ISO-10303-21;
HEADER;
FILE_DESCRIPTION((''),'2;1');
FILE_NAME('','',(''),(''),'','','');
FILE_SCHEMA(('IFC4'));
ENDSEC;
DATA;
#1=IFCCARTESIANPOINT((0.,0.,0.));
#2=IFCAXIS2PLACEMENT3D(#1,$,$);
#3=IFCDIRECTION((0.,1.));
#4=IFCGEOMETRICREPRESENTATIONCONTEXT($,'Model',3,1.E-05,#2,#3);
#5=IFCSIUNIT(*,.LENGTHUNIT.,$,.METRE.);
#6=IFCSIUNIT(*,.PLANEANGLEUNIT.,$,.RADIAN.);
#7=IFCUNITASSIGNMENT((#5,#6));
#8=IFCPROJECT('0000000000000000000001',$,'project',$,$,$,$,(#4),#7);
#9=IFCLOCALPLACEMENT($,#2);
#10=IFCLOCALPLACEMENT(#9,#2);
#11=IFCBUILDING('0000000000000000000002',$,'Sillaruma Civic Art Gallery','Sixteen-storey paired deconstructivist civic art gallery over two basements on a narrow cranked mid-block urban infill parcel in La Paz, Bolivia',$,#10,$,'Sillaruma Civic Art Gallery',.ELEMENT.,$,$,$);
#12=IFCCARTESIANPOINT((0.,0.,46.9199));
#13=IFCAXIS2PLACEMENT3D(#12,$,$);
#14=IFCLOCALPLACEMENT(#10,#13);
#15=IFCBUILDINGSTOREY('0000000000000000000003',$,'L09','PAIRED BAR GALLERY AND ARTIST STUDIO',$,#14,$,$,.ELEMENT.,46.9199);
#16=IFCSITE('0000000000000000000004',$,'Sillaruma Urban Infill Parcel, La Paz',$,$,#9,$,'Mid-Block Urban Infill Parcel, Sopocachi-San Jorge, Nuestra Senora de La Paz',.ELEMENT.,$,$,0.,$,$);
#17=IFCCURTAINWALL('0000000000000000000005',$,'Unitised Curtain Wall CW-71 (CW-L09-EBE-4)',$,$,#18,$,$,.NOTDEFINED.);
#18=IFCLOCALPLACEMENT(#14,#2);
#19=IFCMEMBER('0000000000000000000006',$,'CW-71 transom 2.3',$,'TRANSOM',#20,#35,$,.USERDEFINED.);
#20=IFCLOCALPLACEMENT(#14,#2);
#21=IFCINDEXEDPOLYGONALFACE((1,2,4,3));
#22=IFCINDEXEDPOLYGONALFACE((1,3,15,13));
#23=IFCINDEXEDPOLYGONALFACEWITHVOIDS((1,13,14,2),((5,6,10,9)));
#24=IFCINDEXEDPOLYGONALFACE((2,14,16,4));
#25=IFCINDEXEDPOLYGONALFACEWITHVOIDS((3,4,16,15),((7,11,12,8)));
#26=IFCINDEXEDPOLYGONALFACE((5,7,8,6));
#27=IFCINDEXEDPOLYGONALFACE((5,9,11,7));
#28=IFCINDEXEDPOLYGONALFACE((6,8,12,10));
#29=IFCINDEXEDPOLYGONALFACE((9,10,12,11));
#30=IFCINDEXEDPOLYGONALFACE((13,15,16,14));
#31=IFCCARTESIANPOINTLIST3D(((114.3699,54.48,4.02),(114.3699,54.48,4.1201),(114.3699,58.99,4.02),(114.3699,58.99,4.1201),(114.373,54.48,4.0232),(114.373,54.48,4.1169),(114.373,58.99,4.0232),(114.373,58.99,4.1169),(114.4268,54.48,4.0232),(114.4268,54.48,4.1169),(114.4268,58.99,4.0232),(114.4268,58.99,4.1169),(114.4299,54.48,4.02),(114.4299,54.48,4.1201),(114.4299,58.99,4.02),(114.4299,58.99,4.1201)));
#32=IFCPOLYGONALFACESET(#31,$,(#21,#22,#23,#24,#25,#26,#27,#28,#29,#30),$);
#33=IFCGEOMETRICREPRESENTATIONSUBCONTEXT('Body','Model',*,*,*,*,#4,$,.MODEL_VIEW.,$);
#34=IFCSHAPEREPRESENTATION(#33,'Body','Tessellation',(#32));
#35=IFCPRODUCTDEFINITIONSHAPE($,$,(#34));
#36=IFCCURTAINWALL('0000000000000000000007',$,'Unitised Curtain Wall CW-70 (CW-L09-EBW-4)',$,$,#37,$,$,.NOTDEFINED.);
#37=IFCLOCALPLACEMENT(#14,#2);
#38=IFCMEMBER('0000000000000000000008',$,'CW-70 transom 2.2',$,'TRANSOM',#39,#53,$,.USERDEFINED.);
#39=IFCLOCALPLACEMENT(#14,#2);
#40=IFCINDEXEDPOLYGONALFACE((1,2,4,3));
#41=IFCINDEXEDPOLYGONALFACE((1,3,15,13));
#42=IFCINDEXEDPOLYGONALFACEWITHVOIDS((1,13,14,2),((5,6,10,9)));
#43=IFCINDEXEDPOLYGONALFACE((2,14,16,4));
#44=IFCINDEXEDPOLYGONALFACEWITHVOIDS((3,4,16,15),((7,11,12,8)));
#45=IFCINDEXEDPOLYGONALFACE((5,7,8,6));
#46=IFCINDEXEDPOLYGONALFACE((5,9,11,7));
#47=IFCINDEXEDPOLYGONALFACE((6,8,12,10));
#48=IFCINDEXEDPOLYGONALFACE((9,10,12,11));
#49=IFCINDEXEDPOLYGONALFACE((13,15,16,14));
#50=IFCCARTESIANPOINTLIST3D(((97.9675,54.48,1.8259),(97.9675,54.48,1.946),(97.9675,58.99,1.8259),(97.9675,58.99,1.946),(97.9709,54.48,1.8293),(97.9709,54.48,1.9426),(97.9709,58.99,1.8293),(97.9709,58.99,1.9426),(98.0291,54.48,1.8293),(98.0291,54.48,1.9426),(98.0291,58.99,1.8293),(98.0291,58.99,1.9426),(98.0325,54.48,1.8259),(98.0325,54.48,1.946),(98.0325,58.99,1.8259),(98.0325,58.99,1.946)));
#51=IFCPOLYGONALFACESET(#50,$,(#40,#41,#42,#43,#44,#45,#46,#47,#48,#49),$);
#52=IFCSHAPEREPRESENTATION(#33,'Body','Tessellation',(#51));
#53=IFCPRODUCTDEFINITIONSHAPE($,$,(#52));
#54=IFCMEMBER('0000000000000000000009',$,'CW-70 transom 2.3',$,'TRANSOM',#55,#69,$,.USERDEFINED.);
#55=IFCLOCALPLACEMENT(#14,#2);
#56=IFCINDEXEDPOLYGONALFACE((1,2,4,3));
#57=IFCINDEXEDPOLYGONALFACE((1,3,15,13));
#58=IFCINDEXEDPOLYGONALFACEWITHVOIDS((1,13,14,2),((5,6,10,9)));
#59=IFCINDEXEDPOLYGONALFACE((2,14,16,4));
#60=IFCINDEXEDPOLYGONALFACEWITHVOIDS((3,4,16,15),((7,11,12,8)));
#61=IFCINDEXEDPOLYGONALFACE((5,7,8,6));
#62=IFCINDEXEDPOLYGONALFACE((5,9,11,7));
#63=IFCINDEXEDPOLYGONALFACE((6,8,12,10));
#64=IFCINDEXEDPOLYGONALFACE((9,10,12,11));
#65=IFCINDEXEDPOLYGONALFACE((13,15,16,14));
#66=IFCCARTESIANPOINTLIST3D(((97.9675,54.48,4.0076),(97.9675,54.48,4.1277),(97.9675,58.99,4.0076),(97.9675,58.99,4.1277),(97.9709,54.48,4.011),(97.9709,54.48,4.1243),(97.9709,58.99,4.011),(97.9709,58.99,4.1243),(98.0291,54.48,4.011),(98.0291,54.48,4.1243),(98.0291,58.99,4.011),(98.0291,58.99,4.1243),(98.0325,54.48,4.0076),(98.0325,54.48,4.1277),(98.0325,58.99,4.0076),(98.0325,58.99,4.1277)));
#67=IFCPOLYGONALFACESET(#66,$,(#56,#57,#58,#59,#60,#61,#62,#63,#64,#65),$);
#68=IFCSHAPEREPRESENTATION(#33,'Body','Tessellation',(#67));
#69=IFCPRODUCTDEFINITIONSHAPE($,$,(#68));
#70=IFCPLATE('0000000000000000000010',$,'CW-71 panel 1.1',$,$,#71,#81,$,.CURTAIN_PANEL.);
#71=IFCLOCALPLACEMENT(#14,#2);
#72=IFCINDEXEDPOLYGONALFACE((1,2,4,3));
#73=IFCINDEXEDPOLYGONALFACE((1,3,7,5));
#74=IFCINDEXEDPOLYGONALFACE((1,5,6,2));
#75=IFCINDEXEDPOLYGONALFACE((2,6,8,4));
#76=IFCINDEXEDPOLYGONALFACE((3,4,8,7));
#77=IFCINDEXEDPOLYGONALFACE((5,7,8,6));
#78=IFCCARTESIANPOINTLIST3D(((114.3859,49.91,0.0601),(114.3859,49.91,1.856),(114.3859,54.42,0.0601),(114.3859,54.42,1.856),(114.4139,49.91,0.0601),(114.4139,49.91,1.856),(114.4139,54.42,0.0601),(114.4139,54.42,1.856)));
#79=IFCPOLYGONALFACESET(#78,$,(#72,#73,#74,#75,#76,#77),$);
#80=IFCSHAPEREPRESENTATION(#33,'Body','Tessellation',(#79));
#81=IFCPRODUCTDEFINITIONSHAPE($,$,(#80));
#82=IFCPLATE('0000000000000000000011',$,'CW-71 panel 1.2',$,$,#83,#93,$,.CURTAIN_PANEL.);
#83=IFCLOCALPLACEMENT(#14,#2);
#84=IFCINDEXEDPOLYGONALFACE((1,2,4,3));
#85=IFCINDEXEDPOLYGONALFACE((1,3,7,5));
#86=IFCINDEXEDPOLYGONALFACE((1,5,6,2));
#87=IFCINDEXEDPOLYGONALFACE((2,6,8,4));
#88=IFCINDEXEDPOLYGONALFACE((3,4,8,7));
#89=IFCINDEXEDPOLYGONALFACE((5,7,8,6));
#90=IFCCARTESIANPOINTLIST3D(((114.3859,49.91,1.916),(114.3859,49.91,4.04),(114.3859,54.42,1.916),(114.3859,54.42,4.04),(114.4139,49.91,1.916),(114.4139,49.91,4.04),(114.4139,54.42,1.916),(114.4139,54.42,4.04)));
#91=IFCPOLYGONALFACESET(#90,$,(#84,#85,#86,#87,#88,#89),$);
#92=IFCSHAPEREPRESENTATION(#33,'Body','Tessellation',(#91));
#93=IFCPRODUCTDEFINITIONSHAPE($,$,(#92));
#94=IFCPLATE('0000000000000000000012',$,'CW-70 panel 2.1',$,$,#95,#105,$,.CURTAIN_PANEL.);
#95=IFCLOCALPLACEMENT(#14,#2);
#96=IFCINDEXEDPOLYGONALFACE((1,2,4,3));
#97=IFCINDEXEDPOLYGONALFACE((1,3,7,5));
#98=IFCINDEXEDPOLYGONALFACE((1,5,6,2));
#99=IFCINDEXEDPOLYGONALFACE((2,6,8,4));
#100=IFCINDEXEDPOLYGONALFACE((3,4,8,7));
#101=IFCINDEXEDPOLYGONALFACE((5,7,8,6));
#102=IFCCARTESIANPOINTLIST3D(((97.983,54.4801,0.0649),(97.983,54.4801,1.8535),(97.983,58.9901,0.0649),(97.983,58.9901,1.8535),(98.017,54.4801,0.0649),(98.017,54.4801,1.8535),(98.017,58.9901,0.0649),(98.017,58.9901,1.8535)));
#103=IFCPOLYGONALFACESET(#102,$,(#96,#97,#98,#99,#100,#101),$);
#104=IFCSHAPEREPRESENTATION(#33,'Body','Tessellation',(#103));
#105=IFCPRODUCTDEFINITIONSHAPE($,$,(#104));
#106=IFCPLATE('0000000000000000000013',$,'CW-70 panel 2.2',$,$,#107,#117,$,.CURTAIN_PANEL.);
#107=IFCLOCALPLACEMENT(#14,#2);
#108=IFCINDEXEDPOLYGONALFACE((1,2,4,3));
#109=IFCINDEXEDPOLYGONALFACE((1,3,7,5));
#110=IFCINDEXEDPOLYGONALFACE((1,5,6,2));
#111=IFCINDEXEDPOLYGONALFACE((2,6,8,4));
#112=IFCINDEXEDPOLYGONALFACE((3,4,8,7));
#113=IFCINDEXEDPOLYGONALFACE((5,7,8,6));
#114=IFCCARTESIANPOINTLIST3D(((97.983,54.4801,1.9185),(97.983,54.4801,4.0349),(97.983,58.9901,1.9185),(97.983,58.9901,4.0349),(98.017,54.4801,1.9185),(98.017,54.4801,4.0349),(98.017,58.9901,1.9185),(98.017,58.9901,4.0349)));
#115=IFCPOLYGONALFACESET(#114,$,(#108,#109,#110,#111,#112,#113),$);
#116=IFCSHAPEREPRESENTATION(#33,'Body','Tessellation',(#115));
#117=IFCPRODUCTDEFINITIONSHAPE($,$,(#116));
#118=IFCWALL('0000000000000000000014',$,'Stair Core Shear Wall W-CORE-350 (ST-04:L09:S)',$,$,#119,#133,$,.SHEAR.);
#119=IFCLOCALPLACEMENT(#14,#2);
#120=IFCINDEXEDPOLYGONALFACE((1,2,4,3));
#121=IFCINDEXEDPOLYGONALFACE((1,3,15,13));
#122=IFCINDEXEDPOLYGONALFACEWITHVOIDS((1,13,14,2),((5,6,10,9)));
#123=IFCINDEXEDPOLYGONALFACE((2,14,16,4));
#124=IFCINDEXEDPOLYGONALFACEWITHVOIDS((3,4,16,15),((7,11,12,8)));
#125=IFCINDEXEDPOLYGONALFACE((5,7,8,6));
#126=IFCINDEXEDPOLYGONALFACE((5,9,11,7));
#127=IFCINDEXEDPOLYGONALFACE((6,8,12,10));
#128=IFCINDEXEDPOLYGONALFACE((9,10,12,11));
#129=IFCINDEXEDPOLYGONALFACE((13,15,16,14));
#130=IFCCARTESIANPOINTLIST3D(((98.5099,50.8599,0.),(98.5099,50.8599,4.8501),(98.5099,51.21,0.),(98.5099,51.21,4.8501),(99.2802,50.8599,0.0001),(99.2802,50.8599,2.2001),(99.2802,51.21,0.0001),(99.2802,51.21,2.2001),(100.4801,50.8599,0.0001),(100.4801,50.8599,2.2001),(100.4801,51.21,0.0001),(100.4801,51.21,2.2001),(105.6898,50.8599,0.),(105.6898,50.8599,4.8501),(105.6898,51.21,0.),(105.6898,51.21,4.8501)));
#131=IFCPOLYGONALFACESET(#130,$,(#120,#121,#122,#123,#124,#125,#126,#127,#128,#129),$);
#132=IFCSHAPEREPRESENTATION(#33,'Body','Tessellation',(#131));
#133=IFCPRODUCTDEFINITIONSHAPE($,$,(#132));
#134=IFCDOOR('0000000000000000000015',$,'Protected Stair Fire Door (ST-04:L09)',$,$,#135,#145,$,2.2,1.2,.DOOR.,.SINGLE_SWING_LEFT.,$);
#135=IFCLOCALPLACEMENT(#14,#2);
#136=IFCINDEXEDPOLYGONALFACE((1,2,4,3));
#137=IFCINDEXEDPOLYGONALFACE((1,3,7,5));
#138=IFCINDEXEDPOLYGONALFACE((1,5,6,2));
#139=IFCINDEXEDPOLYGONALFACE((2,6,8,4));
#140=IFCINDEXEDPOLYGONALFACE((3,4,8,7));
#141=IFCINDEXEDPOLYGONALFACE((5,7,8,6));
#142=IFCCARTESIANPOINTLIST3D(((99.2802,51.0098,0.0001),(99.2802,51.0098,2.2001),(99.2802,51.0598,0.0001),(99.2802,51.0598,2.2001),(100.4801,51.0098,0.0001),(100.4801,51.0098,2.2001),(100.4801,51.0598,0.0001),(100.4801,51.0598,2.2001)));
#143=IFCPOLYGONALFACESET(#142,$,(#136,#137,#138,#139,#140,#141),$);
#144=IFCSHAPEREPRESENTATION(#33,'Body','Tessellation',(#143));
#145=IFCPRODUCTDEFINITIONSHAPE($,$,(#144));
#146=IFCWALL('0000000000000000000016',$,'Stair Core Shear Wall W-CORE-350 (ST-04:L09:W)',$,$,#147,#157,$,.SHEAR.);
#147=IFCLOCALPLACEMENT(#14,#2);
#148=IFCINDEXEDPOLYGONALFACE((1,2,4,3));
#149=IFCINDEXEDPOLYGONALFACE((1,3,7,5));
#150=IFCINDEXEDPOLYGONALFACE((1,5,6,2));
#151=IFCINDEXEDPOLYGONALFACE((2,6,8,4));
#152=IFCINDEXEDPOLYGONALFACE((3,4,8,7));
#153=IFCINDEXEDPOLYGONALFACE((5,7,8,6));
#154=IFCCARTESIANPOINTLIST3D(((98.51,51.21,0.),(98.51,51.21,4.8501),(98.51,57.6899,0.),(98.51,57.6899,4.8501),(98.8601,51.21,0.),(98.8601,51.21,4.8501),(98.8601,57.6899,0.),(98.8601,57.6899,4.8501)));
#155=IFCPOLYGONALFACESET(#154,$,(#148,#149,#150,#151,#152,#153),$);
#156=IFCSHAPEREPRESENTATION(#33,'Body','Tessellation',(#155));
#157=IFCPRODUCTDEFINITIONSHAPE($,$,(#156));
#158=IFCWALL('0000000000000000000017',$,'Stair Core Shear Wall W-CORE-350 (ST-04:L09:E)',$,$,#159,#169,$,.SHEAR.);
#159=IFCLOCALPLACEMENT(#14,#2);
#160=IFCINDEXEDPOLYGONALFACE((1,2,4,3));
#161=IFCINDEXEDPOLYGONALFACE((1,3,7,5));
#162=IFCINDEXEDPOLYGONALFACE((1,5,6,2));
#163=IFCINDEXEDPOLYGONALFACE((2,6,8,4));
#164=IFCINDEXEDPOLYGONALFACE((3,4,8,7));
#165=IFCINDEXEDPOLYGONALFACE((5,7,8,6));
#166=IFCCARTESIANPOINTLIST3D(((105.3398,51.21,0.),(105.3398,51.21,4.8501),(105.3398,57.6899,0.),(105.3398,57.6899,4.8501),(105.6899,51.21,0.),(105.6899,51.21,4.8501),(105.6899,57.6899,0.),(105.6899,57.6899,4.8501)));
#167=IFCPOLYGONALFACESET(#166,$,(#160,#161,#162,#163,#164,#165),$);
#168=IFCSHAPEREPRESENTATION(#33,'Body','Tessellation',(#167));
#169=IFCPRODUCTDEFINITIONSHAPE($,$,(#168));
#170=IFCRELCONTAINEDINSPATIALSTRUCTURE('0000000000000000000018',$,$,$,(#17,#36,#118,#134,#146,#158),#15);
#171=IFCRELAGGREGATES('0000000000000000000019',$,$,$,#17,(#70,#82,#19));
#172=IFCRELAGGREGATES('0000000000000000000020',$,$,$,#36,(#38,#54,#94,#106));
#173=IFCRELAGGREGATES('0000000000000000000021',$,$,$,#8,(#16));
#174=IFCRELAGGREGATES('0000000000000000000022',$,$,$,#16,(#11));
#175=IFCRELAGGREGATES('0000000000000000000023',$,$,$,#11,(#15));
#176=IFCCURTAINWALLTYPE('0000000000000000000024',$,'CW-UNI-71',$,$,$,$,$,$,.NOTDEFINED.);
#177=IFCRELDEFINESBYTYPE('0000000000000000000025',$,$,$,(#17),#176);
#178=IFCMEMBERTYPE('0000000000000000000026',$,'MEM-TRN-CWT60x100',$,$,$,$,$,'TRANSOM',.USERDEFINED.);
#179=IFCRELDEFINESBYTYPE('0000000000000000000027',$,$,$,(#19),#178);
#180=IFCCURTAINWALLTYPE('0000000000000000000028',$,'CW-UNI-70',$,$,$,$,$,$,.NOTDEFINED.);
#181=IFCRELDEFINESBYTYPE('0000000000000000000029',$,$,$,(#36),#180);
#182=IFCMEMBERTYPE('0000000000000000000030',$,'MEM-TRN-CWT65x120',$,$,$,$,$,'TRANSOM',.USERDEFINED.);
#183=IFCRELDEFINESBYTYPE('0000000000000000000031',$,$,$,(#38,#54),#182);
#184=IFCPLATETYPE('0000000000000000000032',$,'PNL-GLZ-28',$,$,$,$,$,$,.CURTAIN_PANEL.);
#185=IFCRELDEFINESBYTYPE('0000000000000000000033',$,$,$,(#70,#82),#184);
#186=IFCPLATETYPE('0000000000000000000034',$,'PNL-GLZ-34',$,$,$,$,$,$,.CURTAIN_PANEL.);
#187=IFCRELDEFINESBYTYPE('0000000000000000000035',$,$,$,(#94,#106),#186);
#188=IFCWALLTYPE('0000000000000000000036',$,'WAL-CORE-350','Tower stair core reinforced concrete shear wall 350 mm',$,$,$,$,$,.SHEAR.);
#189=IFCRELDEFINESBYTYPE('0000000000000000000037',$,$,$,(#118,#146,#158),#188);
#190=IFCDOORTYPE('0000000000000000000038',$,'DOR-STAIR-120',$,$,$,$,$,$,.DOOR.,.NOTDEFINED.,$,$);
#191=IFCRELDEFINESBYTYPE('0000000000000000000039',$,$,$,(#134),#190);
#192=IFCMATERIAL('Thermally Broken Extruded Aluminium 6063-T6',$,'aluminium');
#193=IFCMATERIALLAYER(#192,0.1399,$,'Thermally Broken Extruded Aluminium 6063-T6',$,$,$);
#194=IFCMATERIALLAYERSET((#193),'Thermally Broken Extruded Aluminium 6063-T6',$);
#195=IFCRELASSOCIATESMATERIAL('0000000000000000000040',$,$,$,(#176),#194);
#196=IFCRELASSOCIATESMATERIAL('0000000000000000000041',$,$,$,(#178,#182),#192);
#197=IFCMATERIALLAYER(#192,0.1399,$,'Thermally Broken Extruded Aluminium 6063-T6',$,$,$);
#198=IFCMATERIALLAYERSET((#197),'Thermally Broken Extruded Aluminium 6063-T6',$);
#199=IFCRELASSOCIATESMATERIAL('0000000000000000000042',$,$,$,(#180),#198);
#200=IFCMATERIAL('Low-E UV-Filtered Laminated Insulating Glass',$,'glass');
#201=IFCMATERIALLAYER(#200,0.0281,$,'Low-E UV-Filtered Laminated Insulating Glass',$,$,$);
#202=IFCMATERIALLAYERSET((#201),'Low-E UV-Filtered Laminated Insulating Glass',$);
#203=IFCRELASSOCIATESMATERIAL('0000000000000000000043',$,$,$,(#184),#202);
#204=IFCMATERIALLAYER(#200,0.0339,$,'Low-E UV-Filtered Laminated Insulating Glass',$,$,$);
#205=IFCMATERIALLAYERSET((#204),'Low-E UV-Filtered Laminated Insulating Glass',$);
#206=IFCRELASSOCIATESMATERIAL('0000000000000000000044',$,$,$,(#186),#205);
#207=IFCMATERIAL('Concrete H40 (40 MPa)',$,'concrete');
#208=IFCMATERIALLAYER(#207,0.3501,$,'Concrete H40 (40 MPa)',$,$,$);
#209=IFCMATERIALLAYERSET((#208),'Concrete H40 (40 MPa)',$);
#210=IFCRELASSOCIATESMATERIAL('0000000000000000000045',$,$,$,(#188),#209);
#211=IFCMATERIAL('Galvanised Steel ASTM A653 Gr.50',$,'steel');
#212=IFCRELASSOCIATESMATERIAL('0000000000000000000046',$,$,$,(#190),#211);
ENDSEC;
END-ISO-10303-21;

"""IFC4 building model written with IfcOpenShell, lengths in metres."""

from ifc_helpers import new_model, si_unit, direction, frame, frame_2d, origin, origin_2d, place, context, subcontext, project, spatial, rectangle, hollow_rectangle, extrude, material, layer, layer_set, material_profile, profile_set, type_object, element, fill, aggregate, save


model = new_model("IFC4")

# Units and contexts
model_context = context("Model", 3, precision=1e-05, world=origin(), true_north=direction((0.0, 1.0)))
body_context = subcontext(model_context, "Body", "Model", "MODEL_VIEW")
ifc_project = project(units=[si_unit("LENGTHUNIT", "METRE"), si_unit("PLANEANGLEUNIT", "RADIAN")], contexts=[model_context])

# Site, building, storey
site_placement = place(None, origin())
site = spatial("IfcSite", under=ifc_project, at=site_placement, Name="Sillaruma Urban Infill Parcel, La Paz", LongName="Mid-Block Urban Infill Parcel, Sopocachi-San Jorge, Nuestra Senora de La Paz", CompositionType="ELEMENT", RefElevation=0.0)
building_placement = place(site_placement, origin())
building = spatial("IfcBuilding", under=site, at=building_placement, Name="Sillaruma Civic Art Gallery", Description="Sixteen-storey paired deconstructivist civic art gallery over two basements on a narrow cranked mid-block urban infill parcel in La Paz, Bolivia", LongName="Sillaruma Civic Art Gallery", CompositionType="ELEMENT")
storey_placement = place(building_placement, frame((0.0, 0.0, 46.9199)))
storey = spatial("IfcBuildingStorey", under=building, at=storey_placement, Name="L09", Description="PAIRED BAR GALLERY AND ARTIST STUDIO", CompositionType="ELEMENT", Elevation=46.9199)

# Curtain walls, members
ifc_material_1 = material(Name="Thermally Broken Extruded Aluminium 6063-T6", Category="aluminium")
ifc_layer_1 = layer(ifc_material_1, 0.1399, Name="Thermally Broken Extruded Aluminium 6063-T6")
ifc_layer_set_1 = layer_set([ifc_layer_1], Name="Thermally Broken Extruded Aluminium 6063-T6")
curtain_wall_type_1 = type_object("IfcCurtainWallType", Name="CW-UNI-71", PredefinedType="NOTDEFINED", material=ifc_layer_set_1)
curtain_wall_1_placement = place(storey_placement, origin())
curtain_wall_1 = element("IfcCurtainWall", 1, at=curtain_wall_1_placement, inside=storey, type_object=curtain_wall_type_1, Name="Unitised Curtain Wall CW-71 (CW-L09-EBE-4)", PredefinedType="NOTDEFINED")
ifc_material_profile_1 = material_profile(ifc_material_1, hollow_rectangle(XDim=0.0601, YDim=0.1001, WallThickness=0.0032, at=origin_2d()), Name="CWT60x100")
ifc_profile_set_1 = profile_set([ifc_material_profile_1], Name="Thermally Broken Extruded Aluminium 6063-T6")
member_type_1 = type_object("IfcMemberType", Name="MEM-TRN-CWT60x100", ElementType="TRANSOM", PredefinedType="USERDEFINED", material=ifc_profile_set_1)
member_1_placement = place(storey_placement, frame((114.3999, 54.48, 4.0701), z_axis=(0.0, 1.0, 0.0), x_axis=(-1.0, 0.0, 0.0)))
member_1 = element("IfcMember", 2, at=member_1_placement, type_object=member_type_1, Name="CW-71 transom 2.3", ObjectType="TRANSOM", PredefinedType="USERDEFINED", context=body_context, shape_type="SweptSolid", body=[
    extrude(hollow_rectangle(XDim=0.0601, YDim=0.1001, WallThickness=0.0032, at=origin_2d()), origin(), (0.0, 0.0, 1.0), 4.51),
])
ifc_layer_2 = layer(ifc_material_1, 0.1399, Name="Thermally Broken Extruded Aluminium 6063-T6")
ifc_layer_set_2 = layer_set([ifc_layer_2], Name="Thermally Broken Extruded Aluminium 6063-T6")
curtain_wall_type_2 = type_object("IfcCurtainWallType", Name="CW-UNI-70", PredefinedType="NOTDEFINED", material=ifc_layer_set_2)
curtain_wall_2_placement = place(storey_placement, origin())
curtain_wall_2 = element("IfcCurtainWall", 3, at=curtain_wall_2_placement, inside=storey, type_object=curtain_wall_type_2, Name="Unitised Curtain Wall CW-70 (CW-L09-EBW-4)", PredefinedType="NOTDEFINED")
ifc_material_profile_2 = material_profile(ifc_material_1, hollow_rectangle(XDim=0.0649, YDim=0.1201, WallThickness=0.0034, at=origin_2d()), Name="CWT65x120")
ifc_profile_set_2 = profile_set([ifc_material_profile_2], Name="Thermally Broken Extruded Aluminium 6063-T6")
member_type_2 = type_object("IfcMemberType", Name="MEM-TRN-CWT65x120", ElementType="TRANSOM", PredefinedType="USERDEFINED", material=ifc_profile_set_2)
member_2_placement = place(storey_placement, frame((98.0, 54.48, 1.886), z_axis=(0.0, 1.0, 0.0), x_axis=(-1.0, 0.0, 0.0)))
member_2 = element("IfcMember", 4, at=member_2_placement, type_object=member_type_2, Name="CW-70 transom 2.2", ObjectType="TRANSOM", PredefinedType="USERDEFINED", context=body_context, shape_type="SweptSolid", body=[
    extrude(hollow_rectangle(XDim=0.0649, YDim=0.1201, WallThickness=0.0034, at=origin_2d()), origin(), (0.0, 0.0, 1.0), 4.51),
])
member_3_placement = place(storey_placement, frame((98.0, 54.48, 4.0676), z_axis=(0.0, 1.0, 0.0), x_axis=(-1.0, 0.0, 0.0)))
member_3 = element("IfcMember", 5, at=member_3_placement, type_object=member_type_2, Name="CW-70 transom 2.3", ObjectType="TRANSOM", PredefinedType="USERDEFINED", context=body_context, shape_type="SweptSolid", body=[
    extrude(hollow_rectangle(XDim=0.0649, YDim=0.1201, WallThickness=0.0034, at=origin_2d()), origin(), (0.0, 0.0, 1.0), 4.51),
])

# Plates
ifc_material_2 = material(Name="Low-E UV-Filtered Laminated Insulating Glass", Category="glass")
ifc_layer_3 = layer(ifc_material_2, 0.0281, Name="Low-E UV-Filtered Laminated Insulating Glass")
ifc_layer_set_3 = layer_set([ifc_layer_3], Name="Low-E UV-Filtered Laminated Insulating Glass")
plate_type_1 = type_object("IfcPlateType", Name="PNL-GLZ-28", PredefinedType="CURTAIN_PANEL", material=ifc_layer_set_3)
plate_1_placement = place(storey_placement, frame((114.3999, 52.165, 0.0601), z_axis=(0.0, 0.0, 1.0), x_axis=(0.0, 1.0, 0.0)))
plate_1 = element("IfcPlate", 6, at=plate_1_placement, type_object=plate_type_1, Name="CW-71 panel 1.1", PredefinedType="CURTAIN_PANEL", context=body_context, shape_type="SweptSolid", body=[
    extrude(rectangle(XDim=4.51, YDim=0.0281, at=origin_2d()), origin(), (0.0, 0.0, 1.0), 1.7959),
])
plate_2_placement = place(storey_placement, frame((114.3999, 52.165, 1.916), z_axis=(0.0, 0.0, 1.0), x_axis=(0.0, 1.0, 0.0)))
plate_2 = element("IfcPlate", 7, at=plate_2_placement, type_object=plate_type_1, Name="CW-71 panel 1.2", PredefinedType="CURTAIN_PANEL", context=body_context, shape_type="SweptSolid", body=[
    extrude(rectangle(XDim=4.51, YDim=0.0281, at=origin_2d()), origin(), (0.0, 0.0, 1.0), 2.124),
])
aggregate(curtain_wall_1, [plate_1, plate_2, member_1])
ifc_layer_4 = layer(ifc_material_2, 0.0339, Name="Low-E UV-Filtered Laminated Insulating Glass")
ifc_layer_set_4 = layer_set([ifc_layer_4], Name="Low-E UV-Filtered Laminated Insulating Glass")
plate_type_2 = type_object("IfcPlateType", Name="PNL-GLZ-34", PredefinedType="CURTAIN_PANEL", material=ifc_layer_set_4)
plate_3_placement = place(storey_placement, frame((98.0, 56.7351, 0.0649), z_axis=(0.0, 0.0, 1.0), x_axis=(0.0, 1.0, 0.0)))
plate_3 = element("IfcPlate", 8, at=plate_3_placement, type_object=plate_type_2, Name="CW-70 panel 2.1", PredefinedType="CURTAIN_PANEL", context=body_context, shape_type="SweptSolid", body=[
    extrude(rectangle(XDim=4.51, YDim=0.0339, at=origin_2d()), origin(), (0.0, 0.0, 1.0), 1.7886),
])
plate_4_placement = place(storey_placement, frame((98.0, 56.7351, 1.9185), z_axis=(0.0, 0.0, 1.0), x_axis=(0.0, 1.0, 0.0)))
plate_4 = element("IfcPlate", 9, at=plate_4_placement, type_object=plate_type_2, Name="CW-70 panel 2.2", PredefinedType="CURTAIN_PANEL", context=body_context, shape_type="SweptSolid", body=[
    extrude(rectangle(XDim=4.51, YDim=0.0339, at=origin_2d()), origin(), (0.0, 0.0, 1.0), 2.1165),
])
aggregate(curtain_wall_2, [member_2, member_3, plate_3, plate_4])

# Wall, opening, door
ifc_material_3 = material(Name="Concrete H40 (40 MPa)", Category="concrete")
ifc_layer_5 = layer(ifc_material_3, 0.3501, Name="Concrete H40 (40 MPa)")
ifc_layer_set_5 = layer_set([ifc_layer_5], Name="Concrete H40 (40 MPa)")
wall_type = type_object("IfcWallType", Name="WAL-CORE-350", Description="Tower stair core reinforced concrete shear wall 350 mm", PredefinedType="SHEAR", material=ifc_layer_set_5)
wall_placement = place(storey_placement, frame((98.51, 51.0349, 0.0), z_axis=(0.0, 0.0, 1.0), x_axis=(1.0, 0.0, 0.0)))
wall = element("IfcWall", 10, at=wall_placement, inside=storey, type_object=wall_type, Name="Stair Core Shear Wall W-CORE-350 (ST-04:L09:S)", PredefinedType="SHEAR", context=body_context, shape_type="SweptSolid", body=[
    extrude(rectangle(XDim=7.1799, YDim=0.3501, at=frame_2d((3.5898, 0.0))), origin(), (0.0, 0.0, 1.0), 4.8501),
])
opening_placement = place(wall_placement, frame((0.77, 0.0, 0.0)))
opening = element("IfcOpeningElement", 11, at=opening_placement, cuts=wall, PredefinedType="OPENING", context=body_context, shape_type="SweptSolid", body=[
    extrude(rectangle(XDim=1.2, YDim=2.2, at=frame_2d((0.6001, 1.1001))), frame((0.0, 0.1851, 0.0), z_axis=(0.0, -1.0, 0.0), x_axis=(1.0, 0.0, 0.0)), (0.0, 0.0, 1.0), 0.3701),
])
ifc_material_4 = material(Name="Galvanised Steel ASTM A653 Gr.50", Category="steel")
door_type = type_object("IfcDoorType", Name="DOR-STAIR-120", OperationType="NOTDEFINED", PredefinedType="DOOR", material=ifc_material_4)
door_placement = place(opening_placement, origin())
door = element("IfcDoor", 12, at=door_placement, inside=storey, type_object=door_type, Name="Protected Stair Fire Door (ST-04:L09)", OperationType="SINGLE_SWING_LEFT", OverallHeight=2.2, OverallWidth=1.2, PredefinedType="DOOR", context=body_context, shape_type="SweptSolid", body=[
    extrude(rectangle(XDim=1.2, YDim=2.2, at=frame_2d((0.6001, 1.1001))), frame((0.0, 0.0249, 0.0), z_axis=(0.0, -1.0, 0.0), x_axis=(1.0, 0.0, 0.0)), (0.0, 0.0, 1.0), 0.05),
])
fill(opening, door)

# Walls
for number, where, z_axis, x_axis, name in (
    (13, (98.6851, 51.21, 0.0), (0.0, 0.0, 1.0), (0.0, 1.0, 0.0), "Stair Core Shear Wall W-CORE-350 (ST-04:L09:W)"),
    (14, (105.5149, 51.21, 0.0), (0.0, 0.0, 1.0), (0.0, 1.0, 0.0), "Stair Core Shear Wall W-CORE-350 (ST-04:L09:E)"),
):
    element("IfcWall", number, at=place(storey_placement, frame(where, z_axis=z_axis, x_axis=x_axis)), inside=storey, type_object=wall_type, Name=name, PredefinedType="SHEAR", context=body_context, shape_type="SweptSolid", body=[
        extrude(rectangle(XDim=6.48, YDim=0.3501, at=frame_2d((3.24, 0.0))), origin(), (0.0, 0.0, 1.0), 4.8501),
    ])

save(model, "model.ifc")
